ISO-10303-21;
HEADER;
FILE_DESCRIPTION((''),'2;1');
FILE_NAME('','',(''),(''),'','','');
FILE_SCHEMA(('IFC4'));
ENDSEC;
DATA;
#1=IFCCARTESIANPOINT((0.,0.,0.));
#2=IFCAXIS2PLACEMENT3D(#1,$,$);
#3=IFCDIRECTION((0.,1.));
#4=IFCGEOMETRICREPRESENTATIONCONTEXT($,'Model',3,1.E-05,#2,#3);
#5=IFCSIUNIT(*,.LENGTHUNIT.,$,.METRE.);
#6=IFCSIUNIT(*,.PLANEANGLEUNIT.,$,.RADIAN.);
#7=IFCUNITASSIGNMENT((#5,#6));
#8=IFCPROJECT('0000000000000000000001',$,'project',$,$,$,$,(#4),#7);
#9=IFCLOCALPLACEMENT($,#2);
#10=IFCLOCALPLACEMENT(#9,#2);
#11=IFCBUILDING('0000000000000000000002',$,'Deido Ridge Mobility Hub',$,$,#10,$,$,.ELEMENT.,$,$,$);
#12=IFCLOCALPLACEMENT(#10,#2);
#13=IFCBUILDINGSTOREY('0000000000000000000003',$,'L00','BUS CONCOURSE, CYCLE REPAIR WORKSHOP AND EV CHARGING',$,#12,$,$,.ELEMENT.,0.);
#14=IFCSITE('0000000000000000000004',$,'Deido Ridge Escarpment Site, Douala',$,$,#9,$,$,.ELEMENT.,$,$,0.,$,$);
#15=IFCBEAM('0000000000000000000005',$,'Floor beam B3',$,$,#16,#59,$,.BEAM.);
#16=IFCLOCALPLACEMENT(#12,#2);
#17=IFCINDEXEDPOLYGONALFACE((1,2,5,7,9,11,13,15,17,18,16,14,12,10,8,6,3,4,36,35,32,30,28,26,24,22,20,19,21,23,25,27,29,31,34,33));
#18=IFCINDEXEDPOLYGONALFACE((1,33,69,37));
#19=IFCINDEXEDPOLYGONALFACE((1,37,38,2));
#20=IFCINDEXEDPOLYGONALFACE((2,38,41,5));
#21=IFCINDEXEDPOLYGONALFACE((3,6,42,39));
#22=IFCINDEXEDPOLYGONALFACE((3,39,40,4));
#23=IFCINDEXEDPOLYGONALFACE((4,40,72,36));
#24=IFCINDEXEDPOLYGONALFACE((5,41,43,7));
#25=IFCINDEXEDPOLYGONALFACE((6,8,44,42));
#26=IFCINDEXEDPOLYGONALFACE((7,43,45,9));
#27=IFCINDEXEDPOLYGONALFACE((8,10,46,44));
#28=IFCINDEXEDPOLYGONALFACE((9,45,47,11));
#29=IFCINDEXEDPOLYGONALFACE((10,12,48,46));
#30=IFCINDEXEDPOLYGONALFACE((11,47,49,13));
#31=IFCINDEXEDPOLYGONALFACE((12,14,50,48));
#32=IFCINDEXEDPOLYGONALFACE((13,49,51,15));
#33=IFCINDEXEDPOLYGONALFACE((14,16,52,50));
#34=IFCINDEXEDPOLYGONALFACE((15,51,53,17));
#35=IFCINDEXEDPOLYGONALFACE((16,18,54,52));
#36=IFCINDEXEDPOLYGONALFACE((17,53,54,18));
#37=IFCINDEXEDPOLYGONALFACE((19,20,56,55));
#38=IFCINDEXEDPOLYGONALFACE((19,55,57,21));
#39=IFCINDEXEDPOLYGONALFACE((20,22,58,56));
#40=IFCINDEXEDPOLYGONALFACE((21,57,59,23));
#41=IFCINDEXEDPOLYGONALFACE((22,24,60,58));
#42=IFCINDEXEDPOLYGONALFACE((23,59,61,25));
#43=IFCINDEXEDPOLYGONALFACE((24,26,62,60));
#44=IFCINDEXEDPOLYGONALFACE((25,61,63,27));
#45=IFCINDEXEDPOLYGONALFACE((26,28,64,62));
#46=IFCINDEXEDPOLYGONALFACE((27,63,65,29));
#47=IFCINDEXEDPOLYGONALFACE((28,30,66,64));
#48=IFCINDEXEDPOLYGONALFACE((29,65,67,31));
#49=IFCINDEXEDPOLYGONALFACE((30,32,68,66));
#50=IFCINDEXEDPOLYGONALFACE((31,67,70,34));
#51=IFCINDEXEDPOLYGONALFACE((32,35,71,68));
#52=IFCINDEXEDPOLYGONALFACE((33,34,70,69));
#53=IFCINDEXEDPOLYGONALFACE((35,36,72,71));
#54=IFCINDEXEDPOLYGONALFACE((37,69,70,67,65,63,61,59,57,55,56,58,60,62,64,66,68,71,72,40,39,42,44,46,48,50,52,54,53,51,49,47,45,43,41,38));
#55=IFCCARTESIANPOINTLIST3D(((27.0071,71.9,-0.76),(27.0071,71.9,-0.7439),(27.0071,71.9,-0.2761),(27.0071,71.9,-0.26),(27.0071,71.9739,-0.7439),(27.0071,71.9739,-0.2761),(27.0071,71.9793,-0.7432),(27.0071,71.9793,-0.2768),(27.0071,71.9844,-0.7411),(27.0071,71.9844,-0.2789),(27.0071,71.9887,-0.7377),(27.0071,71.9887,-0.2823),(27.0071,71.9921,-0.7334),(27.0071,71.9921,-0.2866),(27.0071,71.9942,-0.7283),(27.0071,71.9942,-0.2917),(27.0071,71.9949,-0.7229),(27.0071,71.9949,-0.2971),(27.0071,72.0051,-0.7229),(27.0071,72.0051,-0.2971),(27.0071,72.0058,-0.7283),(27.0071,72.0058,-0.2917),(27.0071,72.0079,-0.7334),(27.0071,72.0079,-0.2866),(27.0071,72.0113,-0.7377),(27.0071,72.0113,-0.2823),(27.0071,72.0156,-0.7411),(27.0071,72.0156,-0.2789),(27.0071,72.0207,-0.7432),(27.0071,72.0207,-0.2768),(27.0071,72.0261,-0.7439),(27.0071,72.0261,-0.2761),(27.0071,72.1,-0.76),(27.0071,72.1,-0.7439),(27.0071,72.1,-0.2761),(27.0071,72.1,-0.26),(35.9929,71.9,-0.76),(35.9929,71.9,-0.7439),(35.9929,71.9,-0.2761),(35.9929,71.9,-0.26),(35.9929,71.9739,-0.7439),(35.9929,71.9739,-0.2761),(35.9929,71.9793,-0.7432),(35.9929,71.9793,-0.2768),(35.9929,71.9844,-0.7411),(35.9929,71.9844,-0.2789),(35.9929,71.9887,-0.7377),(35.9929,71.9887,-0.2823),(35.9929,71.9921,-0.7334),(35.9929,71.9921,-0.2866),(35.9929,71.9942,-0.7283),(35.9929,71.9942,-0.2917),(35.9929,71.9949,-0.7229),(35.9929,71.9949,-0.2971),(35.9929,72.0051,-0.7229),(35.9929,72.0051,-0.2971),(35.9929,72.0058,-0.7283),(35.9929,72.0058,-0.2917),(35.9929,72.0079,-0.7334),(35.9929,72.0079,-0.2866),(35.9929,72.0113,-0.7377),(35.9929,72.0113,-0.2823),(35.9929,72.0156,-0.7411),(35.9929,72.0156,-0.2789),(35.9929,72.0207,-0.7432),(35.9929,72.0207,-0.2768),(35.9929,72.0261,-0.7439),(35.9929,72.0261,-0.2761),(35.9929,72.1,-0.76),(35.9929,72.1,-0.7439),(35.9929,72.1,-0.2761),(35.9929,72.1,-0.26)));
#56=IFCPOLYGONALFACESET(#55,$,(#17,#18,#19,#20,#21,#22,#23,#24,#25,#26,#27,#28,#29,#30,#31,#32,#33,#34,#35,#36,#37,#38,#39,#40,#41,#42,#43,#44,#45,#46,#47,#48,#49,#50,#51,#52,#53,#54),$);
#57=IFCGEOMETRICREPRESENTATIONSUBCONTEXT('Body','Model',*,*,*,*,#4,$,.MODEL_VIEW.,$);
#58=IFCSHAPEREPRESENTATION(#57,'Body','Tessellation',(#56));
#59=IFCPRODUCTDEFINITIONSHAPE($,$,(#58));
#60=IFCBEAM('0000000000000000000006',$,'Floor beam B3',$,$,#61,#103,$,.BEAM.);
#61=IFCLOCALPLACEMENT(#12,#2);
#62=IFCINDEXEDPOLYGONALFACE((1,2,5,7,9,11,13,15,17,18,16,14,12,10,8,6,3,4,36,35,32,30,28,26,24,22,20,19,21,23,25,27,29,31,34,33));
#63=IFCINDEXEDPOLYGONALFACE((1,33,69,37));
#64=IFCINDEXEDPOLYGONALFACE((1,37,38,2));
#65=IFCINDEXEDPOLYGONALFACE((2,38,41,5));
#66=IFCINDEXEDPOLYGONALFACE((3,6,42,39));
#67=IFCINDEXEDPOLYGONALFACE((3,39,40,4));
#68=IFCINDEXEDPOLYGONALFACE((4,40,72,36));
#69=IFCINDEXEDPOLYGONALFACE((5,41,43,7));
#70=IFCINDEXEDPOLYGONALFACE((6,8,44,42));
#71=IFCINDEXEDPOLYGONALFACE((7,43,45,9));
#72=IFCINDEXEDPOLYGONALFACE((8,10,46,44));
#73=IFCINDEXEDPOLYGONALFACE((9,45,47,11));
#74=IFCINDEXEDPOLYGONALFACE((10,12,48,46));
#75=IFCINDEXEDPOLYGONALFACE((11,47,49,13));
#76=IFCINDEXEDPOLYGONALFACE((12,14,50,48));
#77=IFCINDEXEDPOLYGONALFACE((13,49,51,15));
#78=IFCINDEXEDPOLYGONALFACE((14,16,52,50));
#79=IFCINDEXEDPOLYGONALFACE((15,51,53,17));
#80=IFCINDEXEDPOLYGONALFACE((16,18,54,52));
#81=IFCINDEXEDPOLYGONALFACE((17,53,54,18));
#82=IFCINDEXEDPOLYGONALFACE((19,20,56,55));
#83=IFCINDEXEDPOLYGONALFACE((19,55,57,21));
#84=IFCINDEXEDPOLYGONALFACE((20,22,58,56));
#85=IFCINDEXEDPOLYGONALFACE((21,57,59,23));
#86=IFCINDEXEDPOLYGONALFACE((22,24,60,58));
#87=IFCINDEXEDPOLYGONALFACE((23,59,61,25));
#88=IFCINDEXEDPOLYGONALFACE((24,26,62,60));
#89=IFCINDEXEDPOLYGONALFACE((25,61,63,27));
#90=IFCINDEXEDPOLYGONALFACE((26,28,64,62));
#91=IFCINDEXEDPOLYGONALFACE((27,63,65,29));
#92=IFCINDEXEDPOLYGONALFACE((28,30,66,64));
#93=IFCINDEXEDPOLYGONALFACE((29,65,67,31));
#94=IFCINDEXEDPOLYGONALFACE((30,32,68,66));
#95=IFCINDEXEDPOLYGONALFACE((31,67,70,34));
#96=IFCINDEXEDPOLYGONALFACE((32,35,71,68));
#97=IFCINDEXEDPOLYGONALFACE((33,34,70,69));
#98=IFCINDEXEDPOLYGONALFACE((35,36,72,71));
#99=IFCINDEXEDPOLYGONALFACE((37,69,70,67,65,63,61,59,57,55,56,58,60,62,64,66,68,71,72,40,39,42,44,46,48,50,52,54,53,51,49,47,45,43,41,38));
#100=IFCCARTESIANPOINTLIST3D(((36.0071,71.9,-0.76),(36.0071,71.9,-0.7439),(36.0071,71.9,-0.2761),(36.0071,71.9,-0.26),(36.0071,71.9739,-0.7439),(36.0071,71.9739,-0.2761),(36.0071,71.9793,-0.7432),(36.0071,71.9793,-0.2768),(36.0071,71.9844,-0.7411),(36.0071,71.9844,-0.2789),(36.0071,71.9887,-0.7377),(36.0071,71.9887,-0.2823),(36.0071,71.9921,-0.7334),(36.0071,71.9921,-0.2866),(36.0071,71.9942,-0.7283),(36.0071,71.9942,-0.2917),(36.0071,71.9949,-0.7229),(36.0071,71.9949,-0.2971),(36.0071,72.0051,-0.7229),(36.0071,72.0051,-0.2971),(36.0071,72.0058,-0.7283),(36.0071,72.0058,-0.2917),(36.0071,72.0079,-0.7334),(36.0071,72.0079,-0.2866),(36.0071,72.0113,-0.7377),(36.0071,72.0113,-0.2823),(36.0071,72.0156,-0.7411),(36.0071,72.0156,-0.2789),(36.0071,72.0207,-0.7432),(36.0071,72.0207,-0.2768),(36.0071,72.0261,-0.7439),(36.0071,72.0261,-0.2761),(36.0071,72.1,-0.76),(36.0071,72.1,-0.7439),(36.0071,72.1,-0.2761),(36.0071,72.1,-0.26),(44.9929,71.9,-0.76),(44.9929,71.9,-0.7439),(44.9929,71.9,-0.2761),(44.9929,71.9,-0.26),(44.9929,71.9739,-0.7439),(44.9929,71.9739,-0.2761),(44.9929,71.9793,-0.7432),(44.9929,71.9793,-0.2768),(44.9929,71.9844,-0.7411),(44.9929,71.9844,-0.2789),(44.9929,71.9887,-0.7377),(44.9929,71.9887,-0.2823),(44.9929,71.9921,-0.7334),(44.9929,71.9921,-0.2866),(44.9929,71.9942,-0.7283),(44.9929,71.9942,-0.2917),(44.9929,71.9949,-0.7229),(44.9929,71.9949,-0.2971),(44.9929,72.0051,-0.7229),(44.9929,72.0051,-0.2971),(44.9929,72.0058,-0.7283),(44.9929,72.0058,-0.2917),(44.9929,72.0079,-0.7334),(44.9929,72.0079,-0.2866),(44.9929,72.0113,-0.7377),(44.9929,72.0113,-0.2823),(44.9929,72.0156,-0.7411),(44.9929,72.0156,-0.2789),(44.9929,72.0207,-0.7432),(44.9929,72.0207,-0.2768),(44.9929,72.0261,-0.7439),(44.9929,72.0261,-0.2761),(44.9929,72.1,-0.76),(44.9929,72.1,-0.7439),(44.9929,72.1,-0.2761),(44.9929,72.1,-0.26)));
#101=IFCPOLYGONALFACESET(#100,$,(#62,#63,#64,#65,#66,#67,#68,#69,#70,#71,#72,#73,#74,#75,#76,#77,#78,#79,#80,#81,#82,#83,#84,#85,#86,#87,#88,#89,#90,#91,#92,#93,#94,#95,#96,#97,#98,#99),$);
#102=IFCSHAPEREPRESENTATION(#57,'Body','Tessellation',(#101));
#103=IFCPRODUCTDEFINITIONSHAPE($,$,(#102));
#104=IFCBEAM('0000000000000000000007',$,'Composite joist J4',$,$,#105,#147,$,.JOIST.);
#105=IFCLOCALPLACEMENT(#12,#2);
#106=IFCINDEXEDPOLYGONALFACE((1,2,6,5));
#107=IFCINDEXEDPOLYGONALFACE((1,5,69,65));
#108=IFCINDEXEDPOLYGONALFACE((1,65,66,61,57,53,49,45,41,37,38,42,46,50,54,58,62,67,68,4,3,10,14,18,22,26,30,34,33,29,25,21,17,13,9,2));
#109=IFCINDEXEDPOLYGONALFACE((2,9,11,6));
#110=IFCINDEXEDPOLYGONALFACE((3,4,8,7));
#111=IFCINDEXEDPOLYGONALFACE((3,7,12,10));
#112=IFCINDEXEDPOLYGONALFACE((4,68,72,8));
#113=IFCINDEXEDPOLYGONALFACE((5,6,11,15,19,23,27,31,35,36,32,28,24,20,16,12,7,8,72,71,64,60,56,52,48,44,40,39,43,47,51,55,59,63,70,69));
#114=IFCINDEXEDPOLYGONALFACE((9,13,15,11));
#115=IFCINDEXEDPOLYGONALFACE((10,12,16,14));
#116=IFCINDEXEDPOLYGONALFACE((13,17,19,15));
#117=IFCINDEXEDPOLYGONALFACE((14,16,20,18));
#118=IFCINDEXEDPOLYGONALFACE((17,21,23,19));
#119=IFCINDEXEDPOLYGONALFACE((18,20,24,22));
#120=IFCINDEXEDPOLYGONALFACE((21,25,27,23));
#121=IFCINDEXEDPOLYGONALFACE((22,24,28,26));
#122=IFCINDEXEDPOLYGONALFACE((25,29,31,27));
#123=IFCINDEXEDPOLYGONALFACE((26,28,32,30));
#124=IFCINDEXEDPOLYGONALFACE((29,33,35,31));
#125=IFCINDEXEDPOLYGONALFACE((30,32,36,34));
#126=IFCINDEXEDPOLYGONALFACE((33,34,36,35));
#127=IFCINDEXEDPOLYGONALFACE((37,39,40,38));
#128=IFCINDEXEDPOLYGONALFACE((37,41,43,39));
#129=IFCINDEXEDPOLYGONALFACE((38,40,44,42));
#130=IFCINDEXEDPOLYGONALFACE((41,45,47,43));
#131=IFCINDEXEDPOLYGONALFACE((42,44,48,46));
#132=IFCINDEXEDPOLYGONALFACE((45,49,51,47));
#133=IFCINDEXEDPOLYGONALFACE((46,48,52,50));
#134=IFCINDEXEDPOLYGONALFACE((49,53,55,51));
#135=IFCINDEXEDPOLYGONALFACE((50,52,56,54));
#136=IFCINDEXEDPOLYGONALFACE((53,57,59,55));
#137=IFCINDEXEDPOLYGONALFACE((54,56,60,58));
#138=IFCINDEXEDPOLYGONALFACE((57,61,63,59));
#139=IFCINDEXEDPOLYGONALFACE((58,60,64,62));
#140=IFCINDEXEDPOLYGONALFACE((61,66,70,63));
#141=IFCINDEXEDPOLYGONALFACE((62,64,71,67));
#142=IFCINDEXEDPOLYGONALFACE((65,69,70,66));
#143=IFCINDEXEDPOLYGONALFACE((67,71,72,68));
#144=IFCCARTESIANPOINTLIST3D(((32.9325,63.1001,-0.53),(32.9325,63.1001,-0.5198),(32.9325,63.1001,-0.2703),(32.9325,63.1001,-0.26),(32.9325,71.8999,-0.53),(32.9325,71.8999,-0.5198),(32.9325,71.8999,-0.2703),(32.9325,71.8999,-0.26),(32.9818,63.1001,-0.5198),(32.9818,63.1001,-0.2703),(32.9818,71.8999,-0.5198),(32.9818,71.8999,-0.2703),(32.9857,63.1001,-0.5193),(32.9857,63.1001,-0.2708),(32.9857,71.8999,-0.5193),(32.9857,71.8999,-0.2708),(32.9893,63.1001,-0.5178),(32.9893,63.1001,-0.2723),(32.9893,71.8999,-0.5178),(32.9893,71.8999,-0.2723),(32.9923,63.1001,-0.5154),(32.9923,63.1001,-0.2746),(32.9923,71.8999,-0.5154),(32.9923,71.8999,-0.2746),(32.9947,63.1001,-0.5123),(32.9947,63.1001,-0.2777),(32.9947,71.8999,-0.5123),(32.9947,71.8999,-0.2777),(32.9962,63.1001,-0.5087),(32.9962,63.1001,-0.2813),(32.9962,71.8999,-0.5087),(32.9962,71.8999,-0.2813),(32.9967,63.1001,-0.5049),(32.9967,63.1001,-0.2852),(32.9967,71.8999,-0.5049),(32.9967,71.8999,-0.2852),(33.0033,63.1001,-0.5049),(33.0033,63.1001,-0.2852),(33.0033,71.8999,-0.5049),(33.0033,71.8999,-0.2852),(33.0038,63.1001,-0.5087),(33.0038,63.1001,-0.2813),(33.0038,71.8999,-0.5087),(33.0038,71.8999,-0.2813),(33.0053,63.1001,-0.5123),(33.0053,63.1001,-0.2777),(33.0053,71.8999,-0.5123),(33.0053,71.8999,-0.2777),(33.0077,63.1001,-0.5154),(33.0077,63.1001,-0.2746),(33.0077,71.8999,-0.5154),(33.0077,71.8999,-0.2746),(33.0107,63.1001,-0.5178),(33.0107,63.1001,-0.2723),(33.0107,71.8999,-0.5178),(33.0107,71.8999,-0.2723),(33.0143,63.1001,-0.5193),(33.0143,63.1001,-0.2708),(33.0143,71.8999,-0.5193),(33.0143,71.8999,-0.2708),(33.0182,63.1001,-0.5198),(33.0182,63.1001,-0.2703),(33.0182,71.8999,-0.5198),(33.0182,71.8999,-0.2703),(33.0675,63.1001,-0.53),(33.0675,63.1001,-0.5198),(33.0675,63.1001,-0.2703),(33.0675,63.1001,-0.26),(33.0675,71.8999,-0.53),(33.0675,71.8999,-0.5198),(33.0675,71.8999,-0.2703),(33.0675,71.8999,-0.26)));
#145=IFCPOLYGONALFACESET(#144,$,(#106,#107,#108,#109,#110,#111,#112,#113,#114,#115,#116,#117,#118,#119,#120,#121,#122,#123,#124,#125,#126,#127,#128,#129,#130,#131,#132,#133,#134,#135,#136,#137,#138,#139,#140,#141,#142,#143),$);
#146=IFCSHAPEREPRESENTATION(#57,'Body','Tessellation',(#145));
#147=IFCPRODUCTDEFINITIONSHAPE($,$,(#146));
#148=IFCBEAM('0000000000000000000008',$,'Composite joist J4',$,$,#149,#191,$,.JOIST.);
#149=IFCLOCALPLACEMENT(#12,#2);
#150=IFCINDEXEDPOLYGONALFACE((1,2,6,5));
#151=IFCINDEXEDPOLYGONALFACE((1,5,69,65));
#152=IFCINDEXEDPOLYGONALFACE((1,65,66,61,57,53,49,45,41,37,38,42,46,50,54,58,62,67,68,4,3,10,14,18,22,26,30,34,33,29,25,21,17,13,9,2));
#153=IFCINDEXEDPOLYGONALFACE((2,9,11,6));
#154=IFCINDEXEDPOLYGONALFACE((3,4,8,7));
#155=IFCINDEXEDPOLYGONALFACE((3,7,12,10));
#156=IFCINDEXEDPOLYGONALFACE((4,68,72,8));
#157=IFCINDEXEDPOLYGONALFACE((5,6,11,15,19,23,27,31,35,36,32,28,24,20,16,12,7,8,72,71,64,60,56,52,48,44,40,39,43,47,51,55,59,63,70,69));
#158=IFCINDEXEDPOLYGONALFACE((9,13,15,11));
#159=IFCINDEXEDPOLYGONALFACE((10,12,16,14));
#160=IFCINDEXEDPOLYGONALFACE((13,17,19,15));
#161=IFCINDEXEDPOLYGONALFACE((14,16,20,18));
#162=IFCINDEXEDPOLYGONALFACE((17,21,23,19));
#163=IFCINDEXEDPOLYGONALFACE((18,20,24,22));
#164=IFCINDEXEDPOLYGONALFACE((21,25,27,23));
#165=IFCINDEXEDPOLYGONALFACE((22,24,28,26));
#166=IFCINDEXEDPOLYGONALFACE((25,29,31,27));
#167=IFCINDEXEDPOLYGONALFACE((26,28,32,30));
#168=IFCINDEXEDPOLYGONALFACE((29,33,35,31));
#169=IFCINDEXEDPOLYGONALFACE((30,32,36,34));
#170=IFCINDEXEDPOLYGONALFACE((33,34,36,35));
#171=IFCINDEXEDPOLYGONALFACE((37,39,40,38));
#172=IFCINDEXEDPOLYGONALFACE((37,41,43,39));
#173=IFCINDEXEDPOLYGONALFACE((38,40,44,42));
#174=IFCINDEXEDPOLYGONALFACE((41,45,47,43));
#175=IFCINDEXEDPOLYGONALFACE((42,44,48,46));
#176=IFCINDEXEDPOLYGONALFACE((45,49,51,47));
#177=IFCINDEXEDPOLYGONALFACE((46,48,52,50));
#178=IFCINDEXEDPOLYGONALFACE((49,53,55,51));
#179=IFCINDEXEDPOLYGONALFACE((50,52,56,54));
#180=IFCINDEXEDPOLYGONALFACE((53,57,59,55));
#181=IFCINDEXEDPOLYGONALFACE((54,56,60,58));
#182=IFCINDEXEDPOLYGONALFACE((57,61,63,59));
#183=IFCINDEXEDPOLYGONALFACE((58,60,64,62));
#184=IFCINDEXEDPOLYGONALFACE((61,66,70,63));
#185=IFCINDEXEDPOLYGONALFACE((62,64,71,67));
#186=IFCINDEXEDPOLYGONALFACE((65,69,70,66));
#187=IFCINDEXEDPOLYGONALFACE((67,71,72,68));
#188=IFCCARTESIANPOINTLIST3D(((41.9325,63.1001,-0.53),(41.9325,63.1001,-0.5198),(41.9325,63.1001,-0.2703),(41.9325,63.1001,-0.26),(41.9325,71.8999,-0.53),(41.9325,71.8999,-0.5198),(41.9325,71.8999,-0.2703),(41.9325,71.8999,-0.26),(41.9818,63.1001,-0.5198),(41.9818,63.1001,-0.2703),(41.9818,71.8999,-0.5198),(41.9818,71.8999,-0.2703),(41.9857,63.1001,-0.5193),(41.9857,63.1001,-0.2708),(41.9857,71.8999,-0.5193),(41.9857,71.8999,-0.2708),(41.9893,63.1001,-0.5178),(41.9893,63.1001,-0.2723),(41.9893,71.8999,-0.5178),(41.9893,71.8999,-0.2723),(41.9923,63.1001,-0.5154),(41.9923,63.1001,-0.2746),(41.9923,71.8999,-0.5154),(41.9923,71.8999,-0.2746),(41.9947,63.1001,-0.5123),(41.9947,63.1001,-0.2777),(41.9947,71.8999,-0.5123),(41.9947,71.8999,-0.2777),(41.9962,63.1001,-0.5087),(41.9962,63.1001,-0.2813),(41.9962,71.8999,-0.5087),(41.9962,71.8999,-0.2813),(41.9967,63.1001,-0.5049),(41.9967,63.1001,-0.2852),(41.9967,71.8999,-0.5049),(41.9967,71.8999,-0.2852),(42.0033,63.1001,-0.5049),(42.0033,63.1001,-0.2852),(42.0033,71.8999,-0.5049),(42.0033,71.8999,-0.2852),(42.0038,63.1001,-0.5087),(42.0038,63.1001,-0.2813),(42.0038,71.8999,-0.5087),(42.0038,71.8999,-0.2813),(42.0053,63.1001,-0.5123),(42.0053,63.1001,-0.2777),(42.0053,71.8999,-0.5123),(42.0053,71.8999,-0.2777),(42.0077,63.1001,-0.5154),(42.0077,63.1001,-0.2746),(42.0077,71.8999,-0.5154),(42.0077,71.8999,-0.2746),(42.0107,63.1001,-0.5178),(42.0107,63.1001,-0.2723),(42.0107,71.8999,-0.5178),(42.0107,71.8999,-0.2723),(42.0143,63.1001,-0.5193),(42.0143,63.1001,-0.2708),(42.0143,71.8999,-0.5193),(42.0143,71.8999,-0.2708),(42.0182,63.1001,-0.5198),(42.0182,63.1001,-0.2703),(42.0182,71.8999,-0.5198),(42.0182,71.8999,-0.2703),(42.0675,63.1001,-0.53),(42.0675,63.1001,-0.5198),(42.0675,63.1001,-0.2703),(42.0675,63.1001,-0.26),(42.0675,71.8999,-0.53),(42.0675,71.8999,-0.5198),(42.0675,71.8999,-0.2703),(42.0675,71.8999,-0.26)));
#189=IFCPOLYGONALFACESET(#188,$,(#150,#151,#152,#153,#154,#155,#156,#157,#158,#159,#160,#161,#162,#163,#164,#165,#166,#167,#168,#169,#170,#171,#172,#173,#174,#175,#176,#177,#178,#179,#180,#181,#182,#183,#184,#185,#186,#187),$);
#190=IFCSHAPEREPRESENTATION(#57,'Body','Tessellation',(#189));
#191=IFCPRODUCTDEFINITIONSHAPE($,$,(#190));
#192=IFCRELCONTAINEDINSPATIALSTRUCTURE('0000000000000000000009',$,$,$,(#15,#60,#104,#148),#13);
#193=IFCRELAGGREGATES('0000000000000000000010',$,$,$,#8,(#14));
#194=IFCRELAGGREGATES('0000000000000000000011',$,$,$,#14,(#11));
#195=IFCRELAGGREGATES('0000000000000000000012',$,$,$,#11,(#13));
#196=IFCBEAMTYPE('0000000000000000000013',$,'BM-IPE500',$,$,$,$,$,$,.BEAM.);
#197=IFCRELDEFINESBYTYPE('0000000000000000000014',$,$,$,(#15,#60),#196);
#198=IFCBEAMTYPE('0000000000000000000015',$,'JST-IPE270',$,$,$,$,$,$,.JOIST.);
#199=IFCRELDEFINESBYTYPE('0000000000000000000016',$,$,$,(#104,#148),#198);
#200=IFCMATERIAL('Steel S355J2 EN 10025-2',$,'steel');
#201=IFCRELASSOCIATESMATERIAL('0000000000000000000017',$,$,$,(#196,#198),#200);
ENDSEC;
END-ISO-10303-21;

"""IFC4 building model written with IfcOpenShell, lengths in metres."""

from ifc_helpers import new_model, si_unit, direction, frame, origin, origin_2d, place, context, subcontext, project, spatial, i_section, extrude, material, material_profile, profile_set, type_object, element, save


model = new_model("IFC4")

# Units and contexts
model_context = context("Model", 3, precision=1e-05, world=origin(), true_north=direction((0.0, 1.0)))
body_context = subcontext(model_context, "Body", "Model", "MODEL_VIEW")
ifc_project = project(units=[si_unit("LENGTHUNIT", "METRE"), si_unit("PLANEANGLEUNIT", "RADIAN")], contexts=[model_context])

# Site, building, storey
site_placement = place(None, origin())
site = spatial("IfcSite", under=ifc_project, at=site_placement, Name="Deido Ridge Escarpment Site, Douala", CompositionType="ELEMENT", RefElevation=0.0)
building_placement = place(site_placement, origin())
building = spatial("IfcBuilding", under=site, at=building_placement, Name="Deido Ridge Mobility Hub", CompositionType="ELEMENT")
storey_placement = place(building_placement, origin())
storey = spatial("IfcBuildingStorey", under=building, at=storey_placement, Name="L00", Description="BUS CONCOURSE, CYCLE REPAIR WORKSHOP AND EV CHARGING", CompositionType="ELEMENT", Elevation=0.0)

# Shared definitions
ifc_material_1 = material(Name="Steel S355J2 EN 10025-2", Category="steel")

# Beams
ifc_material_profile_1 = material_profile(ifc_material_1, i_section(OverallWidth=0.2, OverallDepth=0.5, WebThickness=0.0103, FlangeThickness=0.0161, FilletRadius=0.021, at=origin_2d()), Name="IPE 500")
ifc_profile_set_1 = profile_set([ifc_material_profile_1], Name="Steel S355J2 EN 10025-2")
beam_type_1 = type_object("IfcBeamType", Name="BM-IPE500", PredefinedType="BEAM", material=ifc_profile_set_1)
for number, where, z_axis, x_axis, name in (
    (1, (27.0071, 72.0, -0.51), (1.0, 0.0, 0.0), (0.0, 1.0, 0.0), "Floor beam B3"),
    (2, (36.0071, 72.0, -0.51), (1.0, 0.0, 0.0), (0.0, 1.0, 0.0), "Floor beam B3"),
):
    element("IfcBeam", number, at=place(storey_placement, frame(where, z_axis=z_axis, x_axis=x_axis)), inside=storey, type_object=beam_type_1, Name=name, PredefinedType="BEAM", context=body_context, shape_type="SweptSolid", body=[
        extrude(i_section(OverallWidth=0.2, OverallDepth=0.5, WebThickness=0.0103, FlangeThickness=0.0161, FilletRadius=0.021, at=origin_2d()), origin(), (0.0, 0.0, 1.0), 8.9858),
    ])
ifc_material_profile_2 = material_profile(ifc_material_1, i_section(OverallWidth=0.135, OverallDepth=0.27, WebThickness=0.0066, FlangeThickness=0.0103, FilletRadius=0.0149, at=origin_2d()), Name="IPE 270")
ifc_profile_set_2 = profile_set([ifc_material_profile_2], Name="Steel S355J2 EN 10025-2")
beam_type_2 = type_object("IfcBeamType", Name="JST-IPE270", PredefinedType="JOIST", material=ifc_profile_set_2)
for number, where, z_axis, x_axis, name in (
    (3, (33.0, 63.1001, -0.395), (0.0, 1.0, 0.0), (-1.0, 0.0, 0.0), "Composite joist J4"),
    (4, (42.0, 63.1001, -0.395), (0.0, 1.0, 0.0), (-1.0, 0.0, 0.0), "Composite joist J4"),
):
    element("IfcBeam", number, at=place(storey_placement, frame(where, z_axis=z_axis, x_axis=x_axis)), inside=storey, type_object=beam_type_2, Name=name, PredefinedType="JOIST", context=body_context, shape_type="SweptSolid", body=[
        extrude(i_section(OverallWidth=0.135, OverallDepth=0.27, WebThickness=0.0066, FlangeThickness=0.0103, FilletRadius=0.0149, at=origin_2d()), origin(), (0.0, 0.0, 1.0), 8.7998),
    ])

save(model, "model.ifc")
